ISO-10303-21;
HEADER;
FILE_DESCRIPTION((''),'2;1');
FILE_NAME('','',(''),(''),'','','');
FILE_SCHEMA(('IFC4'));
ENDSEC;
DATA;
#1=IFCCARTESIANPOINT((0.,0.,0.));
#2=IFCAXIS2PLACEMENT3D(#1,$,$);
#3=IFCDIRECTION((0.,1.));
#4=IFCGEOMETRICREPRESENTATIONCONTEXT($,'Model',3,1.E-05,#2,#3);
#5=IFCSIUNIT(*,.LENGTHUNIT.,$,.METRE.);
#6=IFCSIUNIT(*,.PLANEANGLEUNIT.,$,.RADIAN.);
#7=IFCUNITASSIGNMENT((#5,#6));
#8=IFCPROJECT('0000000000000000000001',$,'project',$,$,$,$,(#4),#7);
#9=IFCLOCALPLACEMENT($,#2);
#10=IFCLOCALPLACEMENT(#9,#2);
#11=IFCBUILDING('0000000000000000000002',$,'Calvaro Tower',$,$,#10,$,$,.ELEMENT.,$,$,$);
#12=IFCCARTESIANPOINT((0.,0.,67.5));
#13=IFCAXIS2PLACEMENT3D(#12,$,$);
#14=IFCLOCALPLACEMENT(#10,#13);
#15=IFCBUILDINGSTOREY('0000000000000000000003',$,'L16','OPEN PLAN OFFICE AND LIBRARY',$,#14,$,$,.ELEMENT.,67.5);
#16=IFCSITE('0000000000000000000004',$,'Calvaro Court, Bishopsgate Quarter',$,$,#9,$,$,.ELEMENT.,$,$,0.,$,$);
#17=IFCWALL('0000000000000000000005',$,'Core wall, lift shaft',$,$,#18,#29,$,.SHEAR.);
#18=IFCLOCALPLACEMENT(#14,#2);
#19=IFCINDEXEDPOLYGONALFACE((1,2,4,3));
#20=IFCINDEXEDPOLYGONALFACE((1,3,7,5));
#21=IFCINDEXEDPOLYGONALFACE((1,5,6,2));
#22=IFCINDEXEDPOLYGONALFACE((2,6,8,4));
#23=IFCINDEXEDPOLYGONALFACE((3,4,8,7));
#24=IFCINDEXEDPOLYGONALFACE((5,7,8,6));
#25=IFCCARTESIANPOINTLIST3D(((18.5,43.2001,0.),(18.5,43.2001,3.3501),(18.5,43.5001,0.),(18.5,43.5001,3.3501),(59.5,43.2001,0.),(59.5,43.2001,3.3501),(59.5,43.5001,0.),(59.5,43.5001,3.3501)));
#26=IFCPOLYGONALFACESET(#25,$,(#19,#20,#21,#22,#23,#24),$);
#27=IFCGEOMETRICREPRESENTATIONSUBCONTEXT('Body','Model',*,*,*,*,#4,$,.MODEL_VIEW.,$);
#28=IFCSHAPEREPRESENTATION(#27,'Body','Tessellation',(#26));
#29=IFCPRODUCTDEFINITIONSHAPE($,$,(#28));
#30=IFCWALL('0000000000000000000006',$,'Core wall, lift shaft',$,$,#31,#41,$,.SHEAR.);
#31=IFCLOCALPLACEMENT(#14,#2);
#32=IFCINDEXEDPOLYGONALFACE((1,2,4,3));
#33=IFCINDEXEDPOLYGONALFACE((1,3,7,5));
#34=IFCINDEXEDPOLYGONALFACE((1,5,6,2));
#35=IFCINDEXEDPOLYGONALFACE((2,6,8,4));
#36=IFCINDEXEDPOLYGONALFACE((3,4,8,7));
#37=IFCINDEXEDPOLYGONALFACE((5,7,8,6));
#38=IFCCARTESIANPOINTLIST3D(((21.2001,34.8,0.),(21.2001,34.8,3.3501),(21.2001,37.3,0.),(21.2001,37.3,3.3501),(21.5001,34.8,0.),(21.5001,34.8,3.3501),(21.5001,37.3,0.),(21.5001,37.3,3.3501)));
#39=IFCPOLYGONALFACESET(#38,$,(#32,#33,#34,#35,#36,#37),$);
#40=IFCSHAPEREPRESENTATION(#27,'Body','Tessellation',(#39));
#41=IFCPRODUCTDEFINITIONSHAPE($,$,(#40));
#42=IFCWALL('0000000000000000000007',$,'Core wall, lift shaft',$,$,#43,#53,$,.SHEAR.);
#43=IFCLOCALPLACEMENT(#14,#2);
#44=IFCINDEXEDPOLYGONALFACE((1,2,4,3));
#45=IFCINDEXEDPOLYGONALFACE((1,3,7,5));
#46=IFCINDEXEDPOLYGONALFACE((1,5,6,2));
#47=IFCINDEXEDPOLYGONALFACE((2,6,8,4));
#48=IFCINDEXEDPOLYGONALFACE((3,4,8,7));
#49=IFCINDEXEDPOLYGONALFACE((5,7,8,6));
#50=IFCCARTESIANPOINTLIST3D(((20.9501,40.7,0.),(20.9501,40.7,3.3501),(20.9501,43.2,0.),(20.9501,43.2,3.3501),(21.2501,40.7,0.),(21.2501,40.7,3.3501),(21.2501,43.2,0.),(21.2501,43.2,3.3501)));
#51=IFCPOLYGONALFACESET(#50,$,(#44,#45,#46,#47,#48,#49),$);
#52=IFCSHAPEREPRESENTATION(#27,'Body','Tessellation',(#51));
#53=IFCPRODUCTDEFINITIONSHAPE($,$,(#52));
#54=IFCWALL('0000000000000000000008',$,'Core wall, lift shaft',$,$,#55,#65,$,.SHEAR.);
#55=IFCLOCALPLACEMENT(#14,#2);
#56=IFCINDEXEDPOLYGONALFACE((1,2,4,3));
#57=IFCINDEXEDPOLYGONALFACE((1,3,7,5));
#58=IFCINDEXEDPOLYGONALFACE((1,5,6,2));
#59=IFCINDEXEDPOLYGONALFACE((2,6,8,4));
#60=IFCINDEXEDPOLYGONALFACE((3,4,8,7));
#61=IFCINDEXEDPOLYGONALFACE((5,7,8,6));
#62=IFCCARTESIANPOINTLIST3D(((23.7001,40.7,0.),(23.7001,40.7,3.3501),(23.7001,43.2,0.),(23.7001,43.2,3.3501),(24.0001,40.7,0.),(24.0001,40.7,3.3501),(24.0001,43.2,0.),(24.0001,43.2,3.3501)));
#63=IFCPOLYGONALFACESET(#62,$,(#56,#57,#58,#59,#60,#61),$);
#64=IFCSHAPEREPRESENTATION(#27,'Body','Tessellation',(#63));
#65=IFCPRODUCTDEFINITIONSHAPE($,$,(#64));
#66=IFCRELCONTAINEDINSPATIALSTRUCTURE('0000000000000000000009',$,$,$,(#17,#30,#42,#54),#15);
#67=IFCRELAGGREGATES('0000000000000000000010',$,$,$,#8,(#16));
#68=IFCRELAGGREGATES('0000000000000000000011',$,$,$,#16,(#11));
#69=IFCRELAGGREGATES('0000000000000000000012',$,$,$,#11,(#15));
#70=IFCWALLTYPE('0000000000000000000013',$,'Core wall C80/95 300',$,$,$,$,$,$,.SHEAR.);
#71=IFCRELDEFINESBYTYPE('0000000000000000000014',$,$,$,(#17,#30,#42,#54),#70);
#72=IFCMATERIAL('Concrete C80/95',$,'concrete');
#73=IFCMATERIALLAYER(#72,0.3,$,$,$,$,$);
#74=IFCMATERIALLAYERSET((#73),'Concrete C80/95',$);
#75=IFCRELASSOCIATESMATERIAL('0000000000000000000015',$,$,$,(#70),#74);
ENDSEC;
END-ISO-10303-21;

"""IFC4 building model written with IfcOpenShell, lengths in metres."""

from ifc_helpers import new_model, si_unit, direction, frame, frame_2d, origin, place, context, subcontext, project, spatial, rectangle, extrude, material, layer, layer_set, type_object, element, save


model = new_model("IFC4")

# Units and contexts
model_context = context("Model", 3, precision=1e-05, world=origin(), true_north=direction((0.0, 1.0)))
body_context = subcontext(model_context, "Body", "Model", "MODEL_VIEW")
ifc_project = project(units=[si_unit("LENGTHUNIT", "METRE"), si_unit("PLANEANGLEUNIT", "RADIAN")], contexts=[model_context])

# Site, building, storey
site_placement = place(None, origin())
site = spatial("IfcSite", under=ifc_project, at=site_placement, Name="Calvaro Court, Bishopsgate Quarter", CompositionType="ELEMENT", RefElevation=0.0)
building_placement = place(site_placement, origin())
building = spatial("IfcBuilding", under=site, at=building_placement, Name="Calvaro Tower", CompositionType="ELEMENT")
storey_placement = place(building_placement, frame((0.0, 0.0, 67.5)))
storey = spatial("IfcBuildingStorey", under=building, at=storey_placement, Name="L16", Description="OPEN PLAN OFFICE AND LIBRARY", CompositionType="ELEMENT", Elevation=67.5)

# Shared definitions
ifc_material_1 = material(Name="Concrete C80/95", Category="concrete")
ifc_layer_1 = layer(ifc_material_1, 0.3)
ifc_layer_set_1 = layer_set([ifc_layer_1], Name="Concrete C80/95")
wall_type_1 = type_object("IfcWallType", Name="Core wall C80/95 300", PredefinedType="SHEAR", material=ifc_layer_set_1)

# Walls
wall_1_placement = place(storey_placement, frame((18.5, 43.3501, 0.0), z_axis=(0.0, 0.0, 1.0), x_axis=(1.0, 0.0, 0.0)))
element("IfcWall", 1, at=wall_1_placement, inside=storey, type_object=wall_type_1, Name="Core wall, lift shaft", PredefinedType="SHEAR", context=body_context, shape_type="SweptSolid", body=[
    extrude(rectangle(XDim=41.0, YDim=0.3, at=frame_2d((20.5, 0.0))), origin(), (0.0, 0.0, 1.0), 3.3501),
])
for number, where, z_axis, x_axis, name in (
    (2, (21.3501, 34.8, 0.0), (0.0, 0.0, 1.0), (0.0, 1.0, 0.0), "Core wall, lift shaft"),
    (3, (21.1001, 40.7, 0.0), (0.0, 0.0, 1.0), (0.0, 1.0, 0.0), "Core wall, lift shaft"),
    (4, (23.8501, 40.7, 0.0), (0.0, 0.0, 1.0), (0.0, 1.0, 0.0), "Core wall, lift shaft"),
):
    element("IfcWall", number, at=place(storey_placement, frame(where, z_axis=z_axis, x_axis=x_axis)), inside=storey, type_object=wall_type_1, Name=name, PredefinedType="SHEAR", context=body_context, shape_type="SweptSolid", body=[
        extrude(rectangle(XDim=2.5, YDim=0.3, at=frame_2d((1.25, 0.0))), origin(), (0.0, 0.0, 1.0), 3.3501),
    ])

save(model, "model.ifc")
